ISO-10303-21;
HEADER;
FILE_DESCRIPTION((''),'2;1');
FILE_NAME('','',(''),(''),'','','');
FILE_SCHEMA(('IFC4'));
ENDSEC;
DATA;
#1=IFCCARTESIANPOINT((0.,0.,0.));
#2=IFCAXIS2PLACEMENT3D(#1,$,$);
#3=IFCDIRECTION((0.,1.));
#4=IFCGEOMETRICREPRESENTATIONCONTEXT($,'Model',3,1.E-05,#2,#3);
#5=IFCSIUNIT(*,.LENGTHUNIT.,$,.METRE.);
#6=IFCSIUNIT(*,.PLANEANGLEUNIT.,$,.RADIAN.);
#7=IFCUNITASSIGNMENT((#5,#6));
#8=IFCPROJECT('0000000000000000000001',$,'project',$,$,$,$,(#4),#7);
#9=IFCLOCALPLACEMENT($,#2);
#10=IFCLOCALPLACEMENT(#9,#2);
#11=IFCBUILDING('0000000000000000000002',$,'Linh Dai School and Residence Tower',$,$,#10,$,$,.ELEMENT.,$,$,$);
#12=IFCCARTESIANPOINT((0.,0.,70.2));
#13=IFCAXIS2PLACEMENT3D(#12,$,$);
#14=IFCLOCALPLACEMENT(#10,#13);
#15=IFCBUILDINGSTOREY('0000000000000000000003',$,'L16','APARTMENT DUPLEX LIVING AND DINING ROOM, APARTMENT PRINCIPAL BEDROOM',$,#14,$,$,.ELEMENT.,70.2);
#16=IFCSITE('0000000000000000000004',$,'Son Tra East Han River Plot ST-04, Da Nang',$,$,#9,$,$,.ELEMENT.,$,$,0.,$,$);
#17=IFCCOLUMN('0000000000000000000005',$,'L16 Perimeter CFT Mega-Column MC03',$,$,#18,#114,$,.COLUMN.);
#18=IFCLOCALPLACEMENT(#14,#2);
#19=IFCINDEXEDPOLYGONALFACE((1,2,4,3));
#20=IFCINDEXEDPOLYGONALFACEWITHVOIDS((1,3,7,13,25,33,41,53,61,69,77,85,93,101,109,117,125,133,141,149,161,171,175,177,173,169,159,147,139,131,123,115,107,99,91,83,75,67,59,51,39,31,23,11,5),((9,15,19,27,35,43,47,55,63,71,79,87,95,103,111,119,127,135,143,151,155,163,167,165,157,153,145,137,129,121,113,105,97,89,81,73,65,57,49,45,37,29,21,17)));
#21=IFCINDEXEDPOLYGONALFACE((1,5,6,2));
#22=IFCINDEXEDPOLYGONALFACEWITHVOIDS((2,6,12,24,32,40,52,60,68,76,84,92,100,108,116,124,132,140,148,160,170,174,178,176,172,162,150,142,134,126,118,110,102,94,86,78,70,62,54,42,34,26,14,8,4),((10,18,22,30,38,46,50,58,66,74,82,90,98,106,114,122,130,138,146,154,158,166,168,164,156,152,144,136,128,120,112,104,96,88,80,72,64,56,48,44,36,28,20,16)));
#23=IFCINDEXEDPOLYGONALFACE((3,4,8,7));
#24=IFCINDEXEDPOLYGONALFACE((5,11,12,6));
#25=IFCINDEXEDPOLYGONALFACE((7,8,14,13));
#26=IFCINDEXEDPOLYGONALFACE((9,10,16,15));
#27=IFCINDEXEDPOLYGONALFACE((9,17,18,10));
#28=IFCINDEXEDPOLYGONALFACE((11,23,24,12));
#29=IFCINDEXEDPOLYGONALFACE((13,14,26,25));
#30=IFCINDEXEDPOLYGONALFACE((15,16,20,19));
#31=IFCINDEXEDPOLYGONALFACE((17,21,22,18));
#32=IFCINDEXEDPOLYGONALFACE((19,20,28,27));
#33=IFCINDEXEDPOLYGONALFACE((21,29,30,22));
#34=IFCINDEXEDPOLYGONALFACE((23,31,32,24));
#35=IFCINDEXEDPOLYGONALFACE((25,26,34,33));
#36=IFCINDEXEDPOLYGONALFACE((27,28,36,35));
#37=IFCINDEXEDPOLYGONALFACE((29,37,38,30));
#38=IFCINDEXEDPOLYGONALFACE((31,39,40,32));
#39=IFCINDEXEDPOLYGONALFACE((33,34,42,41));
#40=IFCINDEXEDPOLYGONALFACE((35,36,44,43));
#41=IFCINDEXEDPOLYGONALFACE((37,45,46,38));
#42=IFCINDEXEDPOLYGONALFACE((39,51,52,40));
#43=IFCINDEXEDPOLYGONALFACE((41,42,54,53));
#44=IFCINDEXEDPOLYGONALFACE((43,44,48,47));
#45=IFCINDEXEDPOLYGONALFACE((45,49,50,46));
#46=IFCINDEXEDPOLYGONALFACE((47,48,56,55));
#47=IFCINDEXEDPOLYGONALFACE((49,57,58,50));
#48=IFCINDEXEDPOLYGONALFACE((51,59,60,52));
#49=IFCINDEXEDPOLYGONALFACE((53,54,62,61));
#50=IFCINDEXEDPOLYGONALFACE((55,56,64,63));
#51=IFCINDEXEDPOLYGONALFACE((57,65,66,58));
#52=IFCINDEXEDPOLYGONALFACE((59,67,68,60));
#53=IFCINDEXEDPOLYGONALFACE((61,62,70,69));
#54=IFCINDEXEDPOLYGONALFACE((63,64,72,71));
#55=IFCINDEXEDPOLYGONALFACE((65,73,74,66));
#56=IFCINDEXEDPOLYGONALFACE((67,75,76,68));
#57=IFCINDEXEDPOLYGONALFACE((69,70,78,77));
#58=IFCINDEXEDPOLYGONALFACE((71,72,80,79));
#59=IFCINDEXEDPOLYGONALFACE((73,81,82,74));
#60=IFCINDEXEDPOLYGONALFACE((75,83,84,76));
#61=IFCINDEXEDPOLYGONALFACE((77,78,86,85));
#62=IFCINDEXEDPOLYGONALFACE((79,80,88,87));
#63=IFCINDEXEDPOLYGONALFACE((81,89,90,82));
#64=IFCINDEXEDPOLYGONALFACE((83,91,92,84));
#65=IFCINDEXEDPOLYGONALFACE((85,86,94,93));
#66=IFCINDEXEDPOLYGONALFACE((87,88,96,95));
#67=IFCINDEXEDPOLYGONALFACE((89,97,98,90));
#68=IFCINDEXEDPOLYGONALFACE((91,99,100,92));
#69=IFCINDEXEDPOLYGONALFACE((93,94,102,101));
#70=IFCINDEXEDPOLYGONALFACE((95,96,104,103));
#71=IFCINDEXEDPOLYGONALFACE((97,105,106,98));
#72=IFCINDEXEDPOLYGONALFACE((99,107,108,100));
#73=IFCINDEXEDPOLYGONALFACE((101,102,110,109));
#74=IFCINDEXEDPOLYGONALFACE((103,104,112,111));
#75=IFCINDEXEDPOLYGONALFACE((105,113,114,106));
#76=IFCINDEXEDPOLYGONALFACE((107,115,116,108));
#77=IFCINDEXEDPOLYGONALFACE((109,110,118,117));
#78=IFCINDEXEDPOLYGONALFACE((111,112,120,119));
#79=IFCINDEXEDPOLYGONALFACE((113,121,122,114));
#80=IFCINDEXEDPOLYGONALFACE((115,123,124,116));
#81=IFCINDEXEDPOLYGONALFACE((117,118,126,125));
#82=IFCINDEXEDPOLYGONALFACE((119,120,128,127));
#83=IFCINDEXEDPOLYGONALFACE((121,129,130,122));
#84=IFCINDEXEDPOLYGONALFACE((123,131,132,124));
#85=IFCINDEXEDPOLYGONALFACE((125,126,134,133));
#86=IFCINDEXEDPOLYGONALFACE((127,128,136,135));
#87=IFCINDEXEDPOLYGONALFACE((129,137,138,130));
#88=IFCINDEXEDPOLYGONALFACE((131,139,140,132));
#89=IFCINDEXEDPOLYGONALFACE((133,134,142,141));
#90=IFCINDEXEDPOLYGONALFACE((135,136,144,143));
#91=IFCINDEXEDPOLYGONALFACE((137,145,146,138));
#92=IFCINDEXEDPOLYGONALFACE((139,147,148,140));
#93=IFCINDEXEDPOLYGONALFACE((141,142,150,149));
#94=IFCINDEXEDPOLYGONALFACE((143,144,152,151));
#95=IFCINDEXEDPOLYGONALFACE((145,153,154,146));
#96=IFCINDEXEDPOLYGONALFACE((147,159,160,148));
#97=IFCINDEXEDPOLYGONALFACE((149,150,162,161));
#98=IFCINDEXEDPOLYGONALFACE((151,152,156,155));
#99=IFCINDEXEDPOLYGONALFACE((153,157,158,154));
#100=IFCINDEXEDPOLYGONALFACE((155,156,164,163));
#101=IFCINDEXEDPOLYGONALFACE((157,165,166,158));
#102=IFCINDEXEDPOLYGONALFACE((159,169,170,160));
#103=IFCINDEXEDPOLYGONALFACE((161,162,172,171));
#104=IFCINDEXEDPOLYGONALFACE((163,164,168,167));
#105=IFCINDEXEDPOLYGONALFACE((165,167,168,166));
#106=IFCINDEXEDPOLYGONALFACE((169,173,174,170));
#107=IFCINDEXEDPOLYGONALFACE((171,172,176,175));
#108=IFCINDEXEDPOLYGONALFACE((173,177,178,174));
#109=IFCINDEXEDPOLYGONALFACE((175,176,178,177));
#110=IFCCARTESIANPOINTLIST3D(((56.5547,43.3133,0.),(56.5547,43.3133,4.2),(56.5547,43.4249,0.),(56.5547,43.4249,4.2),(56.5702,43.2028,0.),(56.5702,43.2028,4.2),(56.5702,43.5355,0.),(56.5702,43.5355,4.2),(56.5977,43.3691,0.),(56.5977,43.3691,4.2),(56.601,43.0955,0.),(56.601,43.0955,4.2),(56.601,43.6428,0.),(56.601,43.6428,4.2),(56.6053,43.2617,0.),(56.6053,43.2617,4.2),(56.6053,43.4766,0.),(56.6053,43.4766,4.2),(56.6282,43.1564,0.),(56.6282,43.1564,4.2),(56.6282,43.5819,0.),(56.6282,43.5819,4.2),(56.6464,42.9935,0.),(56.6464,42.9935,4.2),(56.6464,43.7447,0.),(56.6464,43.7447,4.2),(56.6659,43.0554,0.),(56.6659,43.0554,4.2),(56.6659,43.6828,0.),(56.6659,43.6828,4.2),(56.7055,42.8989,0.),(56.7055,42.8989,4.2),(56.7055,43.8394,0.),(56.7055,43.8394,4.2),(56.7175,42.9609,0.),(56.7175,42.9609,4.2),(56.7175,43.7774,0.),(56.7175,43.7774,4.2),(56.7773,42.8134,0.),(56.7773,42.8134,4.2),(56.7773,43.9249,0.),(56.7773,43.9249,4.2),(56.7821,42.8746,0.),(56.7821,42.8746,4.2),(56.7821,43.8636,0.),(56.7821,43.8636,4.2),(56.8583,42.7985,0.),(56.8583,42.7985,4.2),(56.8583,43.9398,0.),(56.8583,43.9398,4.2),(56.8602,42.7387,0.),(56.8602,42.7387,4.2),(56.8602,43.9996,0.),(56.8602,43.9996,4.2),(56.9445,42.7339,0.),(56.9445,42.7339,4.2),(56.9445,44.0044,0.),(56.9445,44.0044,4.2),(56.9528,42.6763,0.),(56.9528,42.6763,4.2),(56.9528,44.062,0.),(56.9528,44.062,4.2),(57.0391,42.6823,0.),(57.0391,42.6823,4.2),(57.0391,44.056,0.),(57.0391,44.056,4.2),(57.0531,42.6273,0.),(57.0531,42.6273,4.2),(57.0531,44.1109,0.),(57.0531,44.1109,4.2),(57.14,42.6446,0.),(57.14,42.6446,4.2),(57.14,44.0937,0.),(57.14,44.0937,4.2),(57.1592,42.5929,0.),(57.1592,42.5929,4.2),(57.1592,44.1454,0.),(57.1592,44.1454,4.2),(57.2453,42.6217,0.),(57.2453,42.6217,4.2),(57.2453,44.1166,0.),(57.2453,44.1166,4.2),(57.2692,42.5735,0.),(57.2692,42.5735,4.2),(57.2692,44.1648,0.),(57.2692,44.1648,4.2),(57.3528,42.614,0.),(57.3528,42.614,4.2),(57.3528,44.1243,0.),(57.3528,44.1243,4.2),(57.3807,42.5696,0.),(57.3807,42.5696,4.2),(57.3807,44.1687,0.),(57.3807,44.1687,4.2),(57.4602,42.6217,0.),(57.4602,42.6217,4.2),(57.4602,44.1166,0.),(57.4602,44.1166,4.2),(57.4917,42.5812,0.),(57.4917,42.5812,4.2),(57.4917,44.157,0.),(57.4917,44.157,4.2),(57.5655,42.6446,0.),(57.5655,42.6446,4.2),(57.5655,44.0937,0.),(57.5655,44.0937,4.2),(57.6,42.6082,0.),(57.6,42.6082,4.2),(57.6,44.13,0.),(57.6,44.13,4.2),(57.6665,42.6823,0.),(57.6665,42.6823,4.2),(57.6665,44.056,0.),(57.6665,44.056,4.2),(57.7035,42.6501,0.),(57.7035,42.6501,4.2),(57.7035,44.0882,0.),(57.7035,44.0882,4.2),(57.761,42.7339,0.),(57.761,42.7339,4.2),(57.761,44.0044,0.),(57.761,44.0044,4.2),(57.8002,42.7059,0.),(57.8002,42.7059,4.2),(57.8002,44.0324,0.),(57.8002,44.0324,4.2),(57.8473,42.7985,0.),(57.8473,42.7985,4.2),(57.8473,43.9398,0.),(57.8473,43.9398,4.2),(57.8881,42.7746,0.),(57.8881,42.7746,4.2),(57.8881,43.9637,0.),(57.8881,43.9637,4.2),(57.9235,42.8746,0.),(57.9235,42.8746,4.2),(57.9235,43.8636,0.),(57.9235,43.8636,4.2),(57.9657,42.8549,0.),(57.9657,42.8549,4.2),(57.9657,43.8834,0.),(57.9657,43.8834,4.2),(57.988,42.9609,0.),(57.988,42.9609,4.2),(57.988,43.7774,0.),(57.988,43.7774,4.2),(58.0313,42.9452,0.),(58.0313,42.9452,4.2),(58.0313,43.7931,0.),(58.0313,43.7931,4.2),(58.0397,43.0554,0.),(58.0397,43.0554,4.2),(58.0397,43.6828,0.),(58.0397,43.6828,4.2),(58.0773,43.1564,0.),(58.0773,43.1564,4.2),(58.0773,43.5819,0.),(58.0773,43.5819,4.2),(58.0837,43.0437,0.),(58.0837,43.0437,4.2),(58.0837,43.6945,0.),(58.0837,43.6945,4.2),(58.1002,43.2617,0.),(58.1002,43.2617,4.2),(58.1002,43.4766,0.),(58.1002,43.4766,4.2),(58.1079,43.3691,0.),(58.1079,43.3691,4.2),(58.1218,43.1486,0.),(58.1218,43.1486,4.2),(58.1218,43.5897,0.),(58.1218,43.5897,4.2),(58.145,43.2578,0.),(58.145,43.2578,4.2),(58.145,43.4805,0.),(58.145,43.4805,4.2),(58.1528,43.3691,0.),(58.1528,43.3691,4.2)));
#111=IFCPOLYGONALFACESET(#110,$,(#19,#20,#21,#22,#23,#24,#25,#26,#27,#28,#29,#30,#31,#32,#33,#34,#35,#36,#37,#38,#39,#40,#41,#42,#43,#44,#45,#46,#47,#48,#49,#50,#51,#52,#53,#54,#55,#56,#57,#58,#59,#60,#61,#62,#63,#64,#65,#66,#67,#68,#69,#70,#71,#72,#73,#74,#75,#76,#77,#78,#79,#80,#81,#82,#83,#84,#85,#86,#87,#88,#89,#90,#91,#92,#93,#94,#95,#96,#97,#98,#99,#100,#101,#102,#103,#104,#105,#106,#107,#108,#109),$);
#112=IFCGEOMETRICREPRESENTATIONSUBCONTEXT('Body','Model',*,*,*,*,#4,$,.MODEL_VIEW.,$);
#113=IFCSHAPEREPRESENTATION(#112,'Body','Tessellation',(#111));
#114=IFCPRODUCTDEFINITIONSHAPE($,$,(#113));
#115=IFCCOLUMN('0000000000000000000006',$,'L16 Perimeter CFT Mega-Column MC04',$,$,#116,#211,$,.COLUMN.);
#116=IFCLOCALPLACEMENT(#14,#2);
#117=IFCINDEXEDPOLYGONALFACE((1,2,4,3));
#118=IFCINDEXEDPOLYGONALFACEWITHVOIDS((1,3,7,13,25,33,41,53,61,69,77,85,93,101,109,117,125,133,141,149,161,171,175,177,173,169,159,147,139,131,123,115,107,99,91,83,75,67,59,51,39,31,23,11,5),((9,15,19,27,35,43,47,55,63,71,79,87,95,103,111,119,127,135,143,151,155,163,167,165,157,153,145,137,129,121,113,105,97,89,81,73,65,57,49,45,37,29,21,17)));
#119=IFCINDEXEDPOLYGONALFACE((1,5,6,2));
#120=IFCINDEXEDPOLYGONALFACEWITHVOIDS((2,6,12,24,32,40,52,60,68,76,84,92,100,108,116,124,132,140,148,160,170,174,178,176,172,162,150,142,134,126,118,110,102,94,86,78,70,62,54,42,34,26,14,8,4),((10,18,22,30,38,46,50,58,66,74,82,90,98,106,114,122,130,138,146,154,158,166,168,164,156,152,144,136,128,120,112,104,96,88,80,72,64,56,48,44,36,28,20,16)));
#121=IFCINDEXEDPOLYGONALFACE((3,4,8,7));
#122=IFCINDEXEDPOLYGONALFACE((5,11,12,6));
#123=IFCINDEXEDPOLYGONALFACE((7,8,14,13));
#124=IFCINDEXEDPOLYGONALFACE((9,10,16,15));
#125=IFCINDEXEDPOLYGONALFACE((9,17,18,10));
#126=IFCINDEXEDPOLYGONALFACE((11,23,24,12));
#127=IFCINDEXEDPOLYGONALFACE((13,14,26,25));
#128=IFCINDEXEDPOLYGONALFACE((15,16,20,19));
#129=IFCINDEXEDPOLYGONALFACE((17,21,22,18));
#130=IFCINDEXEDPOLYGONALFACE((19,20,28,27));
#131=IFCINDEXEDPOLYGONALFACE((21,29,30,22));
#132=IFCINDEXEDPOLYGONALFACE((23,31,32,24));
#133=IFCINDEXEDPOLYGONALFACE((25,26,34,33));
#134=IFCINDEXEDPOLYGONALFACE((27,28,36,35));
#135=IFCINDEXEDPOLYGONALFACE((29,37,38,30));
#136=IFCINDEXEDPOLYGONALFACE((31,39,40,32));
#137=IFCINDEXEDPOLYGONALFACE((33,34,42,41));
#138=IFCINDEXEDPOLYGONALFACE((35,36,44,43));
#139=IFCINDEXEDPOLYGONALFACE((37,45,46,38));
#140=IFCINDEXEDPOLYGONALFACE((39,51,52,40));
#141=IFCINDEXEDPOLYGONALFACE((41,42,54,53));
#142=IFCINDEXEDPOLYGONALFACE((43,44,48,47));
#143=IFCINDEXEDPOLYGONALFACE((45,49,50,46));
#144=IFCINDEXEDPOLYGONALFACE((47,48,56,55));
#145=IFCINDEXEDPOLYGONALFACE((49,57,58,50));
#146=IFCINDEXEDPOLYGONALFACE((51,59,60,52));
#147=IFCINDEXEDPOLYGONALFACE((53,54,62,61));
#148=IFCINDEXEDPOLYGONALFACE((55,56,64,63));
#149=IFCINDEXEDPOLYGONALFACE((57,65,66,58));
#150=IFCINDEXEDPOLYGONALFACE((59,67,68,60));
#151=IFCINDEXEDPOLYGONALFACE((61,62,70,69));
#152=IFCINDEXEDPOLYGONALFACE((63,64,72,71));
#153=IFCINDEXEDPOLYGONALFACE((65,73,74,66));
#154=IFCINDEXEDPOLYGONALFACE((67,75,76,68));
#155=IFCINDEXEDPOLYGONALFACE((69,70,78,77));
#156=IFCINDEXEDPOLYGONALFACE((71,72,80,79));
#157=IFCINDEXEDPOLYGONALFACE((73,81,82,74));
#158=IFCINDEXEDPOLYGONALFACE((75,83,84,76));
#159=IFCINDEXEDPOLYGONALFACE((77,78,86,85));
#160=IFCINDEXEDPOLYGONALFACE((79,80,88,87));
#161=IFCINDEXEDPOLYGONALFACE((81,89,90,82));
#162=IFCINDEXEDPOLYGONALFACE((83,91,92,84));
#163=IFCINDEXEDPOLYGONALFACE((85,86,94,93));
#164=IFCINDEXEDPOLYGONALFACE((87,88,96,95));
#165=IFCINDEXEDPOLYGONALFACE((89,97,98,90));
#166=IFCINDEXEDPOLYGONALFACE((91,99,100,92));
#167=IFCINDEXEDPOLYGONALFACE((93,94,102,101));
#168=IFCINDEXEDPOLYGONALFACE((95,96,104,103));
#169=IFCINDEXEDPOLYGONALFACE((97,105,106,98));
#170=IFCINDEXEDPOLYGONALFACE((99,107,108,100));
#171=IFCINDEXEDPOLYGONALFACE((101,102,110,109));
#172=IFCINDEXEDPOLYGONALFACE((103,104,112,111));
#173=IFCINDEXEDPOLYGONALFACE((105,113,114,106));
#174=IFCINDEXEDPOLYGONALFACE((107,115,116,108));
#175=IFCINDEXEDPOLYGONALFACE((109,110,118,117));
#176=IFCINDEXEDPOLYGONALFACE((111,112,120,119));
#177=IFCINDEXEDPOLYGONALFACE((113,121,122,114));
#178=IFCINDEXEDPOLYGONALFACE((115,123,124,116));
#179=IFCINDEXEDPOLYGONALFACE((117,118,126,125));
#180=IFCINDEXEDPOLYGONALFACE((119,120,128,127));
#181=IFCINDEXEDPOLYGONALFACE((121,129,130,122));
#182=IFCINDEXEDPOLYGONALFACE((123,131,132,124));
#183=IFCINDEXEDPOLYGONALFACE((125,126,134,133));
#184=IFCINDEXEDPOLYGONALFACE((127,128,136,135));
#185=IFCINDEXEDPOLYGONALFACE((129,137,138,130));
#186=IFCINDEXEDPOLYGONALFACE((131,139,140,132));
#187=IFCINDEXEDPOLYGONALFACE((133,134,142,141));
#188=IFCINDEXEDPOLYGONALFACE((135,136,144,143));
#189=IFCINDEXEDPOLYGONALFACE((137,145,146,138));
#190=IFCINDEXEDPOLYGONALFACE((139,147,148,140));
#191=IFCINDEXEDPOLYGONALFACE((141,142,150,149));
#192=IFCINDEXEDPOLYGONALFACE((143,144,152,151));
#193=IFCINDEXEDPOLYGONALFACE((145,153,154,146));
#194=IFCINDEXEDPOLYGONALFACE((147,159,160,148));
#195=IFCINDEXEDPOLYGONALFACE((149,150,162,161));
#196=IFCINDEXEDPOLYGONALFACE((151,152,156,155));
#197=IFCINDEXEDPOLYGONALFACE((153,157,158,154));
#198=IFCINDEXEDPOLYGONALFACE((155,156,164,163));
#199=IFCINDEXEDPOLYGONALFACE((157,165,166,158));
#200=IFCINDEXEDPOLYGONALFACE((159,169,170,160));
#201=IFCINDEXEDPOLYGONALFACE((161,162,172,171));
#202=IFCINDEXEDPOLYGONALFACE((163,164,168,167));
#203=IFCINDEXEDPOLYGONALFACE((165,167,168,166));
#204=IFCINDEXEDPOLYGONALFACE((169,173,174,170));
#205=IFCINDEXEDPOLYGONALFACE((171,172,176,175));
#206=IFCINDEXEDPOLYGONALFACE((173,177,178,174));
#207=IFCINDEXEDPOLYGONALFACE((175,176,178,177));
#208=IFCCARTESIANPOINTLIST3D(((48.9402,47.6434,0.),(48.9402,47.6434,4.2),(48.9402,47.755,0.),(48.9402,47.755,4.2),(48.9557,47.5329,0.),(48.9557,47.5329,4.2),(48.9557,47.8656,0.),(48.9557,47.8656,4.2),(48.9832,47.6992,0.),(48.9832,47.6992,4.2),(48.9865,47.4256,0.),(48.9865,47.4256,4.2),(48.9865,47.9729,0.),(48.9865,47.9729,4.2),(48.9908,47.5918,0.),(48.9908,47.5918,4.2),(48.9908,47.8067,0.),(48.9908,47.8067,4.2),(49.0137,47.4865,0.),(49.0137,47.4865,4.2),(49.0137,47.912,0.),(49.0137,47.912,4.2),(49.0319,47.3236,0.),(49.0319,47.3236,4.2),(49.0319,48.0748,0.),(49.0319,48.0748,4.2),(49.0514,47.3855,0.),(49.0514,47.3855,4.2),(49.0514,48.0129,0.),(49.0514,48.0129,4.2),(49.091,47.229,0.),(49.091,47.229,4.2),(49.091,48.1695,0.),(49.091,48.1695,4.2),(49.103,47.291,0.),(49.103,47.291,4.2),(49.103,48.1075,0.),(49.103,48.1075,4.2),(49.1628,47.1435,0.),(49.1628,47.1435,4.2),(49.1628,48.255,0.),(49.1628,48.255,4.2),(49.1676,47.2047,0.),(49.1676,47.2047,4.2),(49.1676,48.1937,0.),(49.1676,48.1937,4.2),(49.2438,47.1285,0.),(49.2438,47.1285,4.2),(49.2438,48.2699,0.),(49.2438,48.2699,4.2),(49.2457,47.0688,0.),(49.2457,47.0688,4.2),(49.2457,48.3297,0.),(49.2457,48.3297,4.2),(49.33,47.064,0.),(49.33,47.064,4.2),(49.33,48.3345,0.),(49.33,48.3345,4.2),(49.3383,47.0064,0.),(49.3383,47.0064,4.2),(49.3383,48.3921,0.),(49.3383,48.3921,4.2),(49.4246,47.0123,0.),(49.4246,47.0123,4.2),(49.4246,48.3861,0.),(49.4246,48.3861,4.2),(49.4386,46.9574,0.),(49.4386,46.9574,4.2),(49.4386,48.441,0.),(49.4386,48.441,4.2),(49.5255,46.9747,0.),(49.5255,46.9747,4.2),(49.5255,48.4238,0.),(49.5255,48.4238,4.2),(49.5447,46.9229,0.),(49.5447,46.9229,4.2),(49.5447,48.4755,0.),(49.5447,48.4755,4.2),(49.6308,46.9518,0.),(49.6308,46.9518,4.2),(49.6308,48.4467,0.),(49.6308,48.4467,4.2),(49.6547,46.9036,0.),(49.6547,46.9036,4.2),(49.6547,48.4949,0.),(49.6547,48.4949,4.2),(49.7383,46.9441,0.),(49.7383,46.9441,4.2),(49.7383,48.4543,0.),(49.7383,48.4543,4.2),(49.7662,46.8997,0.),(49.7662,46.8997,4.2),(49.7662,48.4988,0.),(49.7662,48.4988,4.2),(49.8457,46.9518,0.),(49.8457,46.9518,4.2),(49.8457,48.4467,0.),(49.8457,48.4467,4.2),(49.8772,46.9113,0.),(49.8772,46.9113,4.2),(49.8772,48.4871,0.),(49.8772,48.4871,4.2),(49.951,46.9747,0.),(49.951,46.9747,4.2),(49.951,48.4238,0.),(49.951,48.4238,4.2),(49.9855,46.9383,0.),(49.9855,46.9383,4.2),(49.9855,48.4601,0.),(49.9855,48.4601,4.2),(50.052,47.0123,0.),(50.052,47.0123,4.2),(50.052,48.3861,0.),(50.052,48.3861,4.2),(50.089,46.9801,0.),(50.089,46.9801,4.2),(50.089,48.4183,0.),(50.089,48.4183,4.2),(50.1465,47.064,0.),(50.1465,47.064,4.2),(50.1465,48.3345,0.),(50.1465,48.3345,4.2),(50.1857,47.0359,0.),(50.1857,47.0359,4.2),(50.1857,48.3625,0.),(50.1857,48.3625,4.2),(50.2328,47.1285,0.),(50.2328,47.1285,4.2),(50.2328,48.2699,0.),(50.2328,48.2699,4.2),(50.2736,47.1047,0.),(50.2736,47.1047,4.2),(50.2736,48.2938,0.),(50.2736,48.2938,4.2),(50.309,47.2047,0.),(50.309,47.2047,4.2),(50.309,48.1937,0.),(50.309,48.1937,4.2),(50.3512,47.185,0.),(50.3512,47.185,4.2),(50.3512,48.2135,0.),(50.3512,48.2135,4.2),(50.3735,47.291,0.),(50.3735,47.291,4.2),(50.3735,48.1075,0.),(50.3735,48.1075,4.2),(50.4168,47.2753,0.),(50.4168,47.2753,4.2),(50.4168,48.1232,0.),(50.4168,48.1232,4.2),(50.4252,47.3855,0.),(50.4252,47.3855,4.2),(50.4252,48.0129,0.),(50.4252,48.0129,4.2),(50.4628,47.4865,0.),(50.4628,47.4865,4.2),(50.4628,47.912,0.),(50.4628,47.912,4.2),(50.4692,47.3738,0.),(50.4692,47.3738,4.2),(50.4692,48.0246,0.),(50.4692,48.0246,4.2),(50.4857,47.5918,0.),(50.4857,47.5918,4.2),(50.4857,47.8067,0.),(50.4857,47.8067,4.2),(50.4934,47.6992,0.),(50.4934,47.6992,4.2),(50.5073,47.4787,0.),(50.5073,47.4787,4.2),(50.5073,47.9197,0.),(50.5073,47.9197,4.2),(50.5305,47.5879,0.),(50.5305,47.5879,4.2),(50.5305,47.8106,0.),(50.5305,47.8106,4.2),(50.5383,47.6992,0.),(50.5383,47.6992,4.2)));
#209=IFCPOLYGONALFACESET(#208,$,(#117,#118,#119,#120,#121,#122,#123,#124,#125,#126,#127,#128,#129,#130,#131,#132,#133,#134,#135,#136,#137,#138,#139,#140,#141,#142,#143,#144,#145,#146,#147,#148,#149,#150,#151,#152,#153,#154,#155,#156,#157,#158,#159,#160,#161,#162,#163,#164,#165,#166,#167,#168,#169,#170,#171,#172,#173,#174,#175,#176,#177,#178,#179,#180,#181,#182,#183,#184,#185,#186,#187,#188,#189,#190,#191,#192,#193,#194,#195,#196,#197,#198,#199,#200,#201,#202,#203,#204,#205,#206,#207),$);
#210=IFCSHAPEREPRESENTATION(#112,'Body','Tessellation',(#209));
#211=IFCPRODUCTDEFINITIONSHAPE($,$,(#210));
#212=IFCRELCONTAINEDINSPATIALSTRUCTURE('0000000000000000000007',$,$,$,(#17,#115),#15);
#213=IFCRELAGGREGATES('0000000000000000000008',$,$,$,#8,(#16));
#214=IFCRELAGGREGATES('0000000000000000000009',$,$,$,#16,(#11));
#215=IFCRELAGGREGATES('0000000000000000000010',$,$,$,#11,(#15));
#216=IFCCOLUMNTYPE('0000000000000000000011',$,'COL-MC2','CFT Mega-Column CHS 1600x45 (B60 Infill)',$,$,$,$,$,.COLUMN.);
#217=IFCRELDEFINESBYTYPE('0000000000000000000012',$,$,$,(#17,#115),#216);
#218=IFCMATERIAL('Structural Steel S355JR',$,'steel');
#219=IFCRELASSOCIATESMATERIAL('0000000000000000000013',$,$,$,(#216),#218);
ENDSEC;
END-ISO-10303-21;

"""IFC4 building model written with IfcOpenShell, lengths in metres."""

from ifc_helpers import new_model, si_unit, direction, frame, origin, origin_2d, place, context, subcontext, project, spatial, hollow_circle, extrude, material, material_profile, profile_set, type_object, element, save


model = new_model("IFC4")

# Units and contexts
model_context = context("Model", 3, precision=1e-05, world=origin(), true_north=direction((0.0, 1.0)))
body_context = subcontext(model_context, "Body", "Model", "MODEL_VIEW")
ifc_project = project(units=[si_unit("LENGTHUNIT", "METRE"), si_unit("PLANEANGLEUNIT", "RADIAN")], contexts=[model_context])

# Site, building, storey
site_placement = place(None, origin())
site = spatial("IfcSite", under=ifc_project, at=site_placement, Name="Son Tra East Han River Plot ST-04, Da Nang", CompositionType="ELEMENT", RefElevation=0.0)
building_placement = place(site_placement, origin())
building = spatial("IfcBuilding", under=site, at=building_placement, Name="Linh Dai School and Residence Tower", CompositionType="ELEMENT")
storey_placement = place(building_placement, frame((0.0, 0.0, 70.2)))
storey = spatial("IfcBuildingStorey", under=building, at=storey_placement, Name="L16", Description="APARTMENT DUPLEX LIVING AND DINING ROOM, APARTMENT PRINCIPAL BEDROOM", CompositionType="ELEMENT", Elevation=70.2)

# Columns
ifc_material_1 = material(Name="Structural Steel S355JR", Category="steel")
ifc_material_profile_1 = material_profile(ifc_material_1, hollow_circle(Radius=0.8, WallThickness=0.0449, at=origin_2d()), Name="CHS 1600x45")
ifc_profile_set_1 = profile_set([ifc_material_profile_1], Name="Structural Steel S355JR")
column_type = type_object("IfcColumnType", Name="COL-MC2", Description="CFT Mega-Column CHS 1600x45 (B60 Infill)", PredefinedType="COLUMN", material=ifc_profile_set_1)
for number, where, z_axis, x_axis, name in (
    (1, (57.3528, 43.3691, 0.0), (0.0, 0.0, 1.0), (1.0, 0.0, 0.0), "L16 Perimeter CFT Mega-Column MC03"),
    (2, (49.7383, 47.6992, 0.0), (0.0, 0.0, 1.0), (1.0, 0.0, 0.0), "L16 Perimeter CFT Mega-Column MC04"),
):
    element("IfcColumn", number, at=place(storey_placement, frame(where, z_axis=z_axis, x_axis=x_axis)), inside=storey, type_object=column_type, Name=name, PredefinedType="COLUMN", context=body_context, shape_type="SweptSolid", body=[
        extrude(hollow_circle(Radius=0.8, WallThickness=0.0449, at=origin_2d()), origin(), (0.0, 0.0, 1.0), 4.2),
    ])

save(model, "model.ifc")
